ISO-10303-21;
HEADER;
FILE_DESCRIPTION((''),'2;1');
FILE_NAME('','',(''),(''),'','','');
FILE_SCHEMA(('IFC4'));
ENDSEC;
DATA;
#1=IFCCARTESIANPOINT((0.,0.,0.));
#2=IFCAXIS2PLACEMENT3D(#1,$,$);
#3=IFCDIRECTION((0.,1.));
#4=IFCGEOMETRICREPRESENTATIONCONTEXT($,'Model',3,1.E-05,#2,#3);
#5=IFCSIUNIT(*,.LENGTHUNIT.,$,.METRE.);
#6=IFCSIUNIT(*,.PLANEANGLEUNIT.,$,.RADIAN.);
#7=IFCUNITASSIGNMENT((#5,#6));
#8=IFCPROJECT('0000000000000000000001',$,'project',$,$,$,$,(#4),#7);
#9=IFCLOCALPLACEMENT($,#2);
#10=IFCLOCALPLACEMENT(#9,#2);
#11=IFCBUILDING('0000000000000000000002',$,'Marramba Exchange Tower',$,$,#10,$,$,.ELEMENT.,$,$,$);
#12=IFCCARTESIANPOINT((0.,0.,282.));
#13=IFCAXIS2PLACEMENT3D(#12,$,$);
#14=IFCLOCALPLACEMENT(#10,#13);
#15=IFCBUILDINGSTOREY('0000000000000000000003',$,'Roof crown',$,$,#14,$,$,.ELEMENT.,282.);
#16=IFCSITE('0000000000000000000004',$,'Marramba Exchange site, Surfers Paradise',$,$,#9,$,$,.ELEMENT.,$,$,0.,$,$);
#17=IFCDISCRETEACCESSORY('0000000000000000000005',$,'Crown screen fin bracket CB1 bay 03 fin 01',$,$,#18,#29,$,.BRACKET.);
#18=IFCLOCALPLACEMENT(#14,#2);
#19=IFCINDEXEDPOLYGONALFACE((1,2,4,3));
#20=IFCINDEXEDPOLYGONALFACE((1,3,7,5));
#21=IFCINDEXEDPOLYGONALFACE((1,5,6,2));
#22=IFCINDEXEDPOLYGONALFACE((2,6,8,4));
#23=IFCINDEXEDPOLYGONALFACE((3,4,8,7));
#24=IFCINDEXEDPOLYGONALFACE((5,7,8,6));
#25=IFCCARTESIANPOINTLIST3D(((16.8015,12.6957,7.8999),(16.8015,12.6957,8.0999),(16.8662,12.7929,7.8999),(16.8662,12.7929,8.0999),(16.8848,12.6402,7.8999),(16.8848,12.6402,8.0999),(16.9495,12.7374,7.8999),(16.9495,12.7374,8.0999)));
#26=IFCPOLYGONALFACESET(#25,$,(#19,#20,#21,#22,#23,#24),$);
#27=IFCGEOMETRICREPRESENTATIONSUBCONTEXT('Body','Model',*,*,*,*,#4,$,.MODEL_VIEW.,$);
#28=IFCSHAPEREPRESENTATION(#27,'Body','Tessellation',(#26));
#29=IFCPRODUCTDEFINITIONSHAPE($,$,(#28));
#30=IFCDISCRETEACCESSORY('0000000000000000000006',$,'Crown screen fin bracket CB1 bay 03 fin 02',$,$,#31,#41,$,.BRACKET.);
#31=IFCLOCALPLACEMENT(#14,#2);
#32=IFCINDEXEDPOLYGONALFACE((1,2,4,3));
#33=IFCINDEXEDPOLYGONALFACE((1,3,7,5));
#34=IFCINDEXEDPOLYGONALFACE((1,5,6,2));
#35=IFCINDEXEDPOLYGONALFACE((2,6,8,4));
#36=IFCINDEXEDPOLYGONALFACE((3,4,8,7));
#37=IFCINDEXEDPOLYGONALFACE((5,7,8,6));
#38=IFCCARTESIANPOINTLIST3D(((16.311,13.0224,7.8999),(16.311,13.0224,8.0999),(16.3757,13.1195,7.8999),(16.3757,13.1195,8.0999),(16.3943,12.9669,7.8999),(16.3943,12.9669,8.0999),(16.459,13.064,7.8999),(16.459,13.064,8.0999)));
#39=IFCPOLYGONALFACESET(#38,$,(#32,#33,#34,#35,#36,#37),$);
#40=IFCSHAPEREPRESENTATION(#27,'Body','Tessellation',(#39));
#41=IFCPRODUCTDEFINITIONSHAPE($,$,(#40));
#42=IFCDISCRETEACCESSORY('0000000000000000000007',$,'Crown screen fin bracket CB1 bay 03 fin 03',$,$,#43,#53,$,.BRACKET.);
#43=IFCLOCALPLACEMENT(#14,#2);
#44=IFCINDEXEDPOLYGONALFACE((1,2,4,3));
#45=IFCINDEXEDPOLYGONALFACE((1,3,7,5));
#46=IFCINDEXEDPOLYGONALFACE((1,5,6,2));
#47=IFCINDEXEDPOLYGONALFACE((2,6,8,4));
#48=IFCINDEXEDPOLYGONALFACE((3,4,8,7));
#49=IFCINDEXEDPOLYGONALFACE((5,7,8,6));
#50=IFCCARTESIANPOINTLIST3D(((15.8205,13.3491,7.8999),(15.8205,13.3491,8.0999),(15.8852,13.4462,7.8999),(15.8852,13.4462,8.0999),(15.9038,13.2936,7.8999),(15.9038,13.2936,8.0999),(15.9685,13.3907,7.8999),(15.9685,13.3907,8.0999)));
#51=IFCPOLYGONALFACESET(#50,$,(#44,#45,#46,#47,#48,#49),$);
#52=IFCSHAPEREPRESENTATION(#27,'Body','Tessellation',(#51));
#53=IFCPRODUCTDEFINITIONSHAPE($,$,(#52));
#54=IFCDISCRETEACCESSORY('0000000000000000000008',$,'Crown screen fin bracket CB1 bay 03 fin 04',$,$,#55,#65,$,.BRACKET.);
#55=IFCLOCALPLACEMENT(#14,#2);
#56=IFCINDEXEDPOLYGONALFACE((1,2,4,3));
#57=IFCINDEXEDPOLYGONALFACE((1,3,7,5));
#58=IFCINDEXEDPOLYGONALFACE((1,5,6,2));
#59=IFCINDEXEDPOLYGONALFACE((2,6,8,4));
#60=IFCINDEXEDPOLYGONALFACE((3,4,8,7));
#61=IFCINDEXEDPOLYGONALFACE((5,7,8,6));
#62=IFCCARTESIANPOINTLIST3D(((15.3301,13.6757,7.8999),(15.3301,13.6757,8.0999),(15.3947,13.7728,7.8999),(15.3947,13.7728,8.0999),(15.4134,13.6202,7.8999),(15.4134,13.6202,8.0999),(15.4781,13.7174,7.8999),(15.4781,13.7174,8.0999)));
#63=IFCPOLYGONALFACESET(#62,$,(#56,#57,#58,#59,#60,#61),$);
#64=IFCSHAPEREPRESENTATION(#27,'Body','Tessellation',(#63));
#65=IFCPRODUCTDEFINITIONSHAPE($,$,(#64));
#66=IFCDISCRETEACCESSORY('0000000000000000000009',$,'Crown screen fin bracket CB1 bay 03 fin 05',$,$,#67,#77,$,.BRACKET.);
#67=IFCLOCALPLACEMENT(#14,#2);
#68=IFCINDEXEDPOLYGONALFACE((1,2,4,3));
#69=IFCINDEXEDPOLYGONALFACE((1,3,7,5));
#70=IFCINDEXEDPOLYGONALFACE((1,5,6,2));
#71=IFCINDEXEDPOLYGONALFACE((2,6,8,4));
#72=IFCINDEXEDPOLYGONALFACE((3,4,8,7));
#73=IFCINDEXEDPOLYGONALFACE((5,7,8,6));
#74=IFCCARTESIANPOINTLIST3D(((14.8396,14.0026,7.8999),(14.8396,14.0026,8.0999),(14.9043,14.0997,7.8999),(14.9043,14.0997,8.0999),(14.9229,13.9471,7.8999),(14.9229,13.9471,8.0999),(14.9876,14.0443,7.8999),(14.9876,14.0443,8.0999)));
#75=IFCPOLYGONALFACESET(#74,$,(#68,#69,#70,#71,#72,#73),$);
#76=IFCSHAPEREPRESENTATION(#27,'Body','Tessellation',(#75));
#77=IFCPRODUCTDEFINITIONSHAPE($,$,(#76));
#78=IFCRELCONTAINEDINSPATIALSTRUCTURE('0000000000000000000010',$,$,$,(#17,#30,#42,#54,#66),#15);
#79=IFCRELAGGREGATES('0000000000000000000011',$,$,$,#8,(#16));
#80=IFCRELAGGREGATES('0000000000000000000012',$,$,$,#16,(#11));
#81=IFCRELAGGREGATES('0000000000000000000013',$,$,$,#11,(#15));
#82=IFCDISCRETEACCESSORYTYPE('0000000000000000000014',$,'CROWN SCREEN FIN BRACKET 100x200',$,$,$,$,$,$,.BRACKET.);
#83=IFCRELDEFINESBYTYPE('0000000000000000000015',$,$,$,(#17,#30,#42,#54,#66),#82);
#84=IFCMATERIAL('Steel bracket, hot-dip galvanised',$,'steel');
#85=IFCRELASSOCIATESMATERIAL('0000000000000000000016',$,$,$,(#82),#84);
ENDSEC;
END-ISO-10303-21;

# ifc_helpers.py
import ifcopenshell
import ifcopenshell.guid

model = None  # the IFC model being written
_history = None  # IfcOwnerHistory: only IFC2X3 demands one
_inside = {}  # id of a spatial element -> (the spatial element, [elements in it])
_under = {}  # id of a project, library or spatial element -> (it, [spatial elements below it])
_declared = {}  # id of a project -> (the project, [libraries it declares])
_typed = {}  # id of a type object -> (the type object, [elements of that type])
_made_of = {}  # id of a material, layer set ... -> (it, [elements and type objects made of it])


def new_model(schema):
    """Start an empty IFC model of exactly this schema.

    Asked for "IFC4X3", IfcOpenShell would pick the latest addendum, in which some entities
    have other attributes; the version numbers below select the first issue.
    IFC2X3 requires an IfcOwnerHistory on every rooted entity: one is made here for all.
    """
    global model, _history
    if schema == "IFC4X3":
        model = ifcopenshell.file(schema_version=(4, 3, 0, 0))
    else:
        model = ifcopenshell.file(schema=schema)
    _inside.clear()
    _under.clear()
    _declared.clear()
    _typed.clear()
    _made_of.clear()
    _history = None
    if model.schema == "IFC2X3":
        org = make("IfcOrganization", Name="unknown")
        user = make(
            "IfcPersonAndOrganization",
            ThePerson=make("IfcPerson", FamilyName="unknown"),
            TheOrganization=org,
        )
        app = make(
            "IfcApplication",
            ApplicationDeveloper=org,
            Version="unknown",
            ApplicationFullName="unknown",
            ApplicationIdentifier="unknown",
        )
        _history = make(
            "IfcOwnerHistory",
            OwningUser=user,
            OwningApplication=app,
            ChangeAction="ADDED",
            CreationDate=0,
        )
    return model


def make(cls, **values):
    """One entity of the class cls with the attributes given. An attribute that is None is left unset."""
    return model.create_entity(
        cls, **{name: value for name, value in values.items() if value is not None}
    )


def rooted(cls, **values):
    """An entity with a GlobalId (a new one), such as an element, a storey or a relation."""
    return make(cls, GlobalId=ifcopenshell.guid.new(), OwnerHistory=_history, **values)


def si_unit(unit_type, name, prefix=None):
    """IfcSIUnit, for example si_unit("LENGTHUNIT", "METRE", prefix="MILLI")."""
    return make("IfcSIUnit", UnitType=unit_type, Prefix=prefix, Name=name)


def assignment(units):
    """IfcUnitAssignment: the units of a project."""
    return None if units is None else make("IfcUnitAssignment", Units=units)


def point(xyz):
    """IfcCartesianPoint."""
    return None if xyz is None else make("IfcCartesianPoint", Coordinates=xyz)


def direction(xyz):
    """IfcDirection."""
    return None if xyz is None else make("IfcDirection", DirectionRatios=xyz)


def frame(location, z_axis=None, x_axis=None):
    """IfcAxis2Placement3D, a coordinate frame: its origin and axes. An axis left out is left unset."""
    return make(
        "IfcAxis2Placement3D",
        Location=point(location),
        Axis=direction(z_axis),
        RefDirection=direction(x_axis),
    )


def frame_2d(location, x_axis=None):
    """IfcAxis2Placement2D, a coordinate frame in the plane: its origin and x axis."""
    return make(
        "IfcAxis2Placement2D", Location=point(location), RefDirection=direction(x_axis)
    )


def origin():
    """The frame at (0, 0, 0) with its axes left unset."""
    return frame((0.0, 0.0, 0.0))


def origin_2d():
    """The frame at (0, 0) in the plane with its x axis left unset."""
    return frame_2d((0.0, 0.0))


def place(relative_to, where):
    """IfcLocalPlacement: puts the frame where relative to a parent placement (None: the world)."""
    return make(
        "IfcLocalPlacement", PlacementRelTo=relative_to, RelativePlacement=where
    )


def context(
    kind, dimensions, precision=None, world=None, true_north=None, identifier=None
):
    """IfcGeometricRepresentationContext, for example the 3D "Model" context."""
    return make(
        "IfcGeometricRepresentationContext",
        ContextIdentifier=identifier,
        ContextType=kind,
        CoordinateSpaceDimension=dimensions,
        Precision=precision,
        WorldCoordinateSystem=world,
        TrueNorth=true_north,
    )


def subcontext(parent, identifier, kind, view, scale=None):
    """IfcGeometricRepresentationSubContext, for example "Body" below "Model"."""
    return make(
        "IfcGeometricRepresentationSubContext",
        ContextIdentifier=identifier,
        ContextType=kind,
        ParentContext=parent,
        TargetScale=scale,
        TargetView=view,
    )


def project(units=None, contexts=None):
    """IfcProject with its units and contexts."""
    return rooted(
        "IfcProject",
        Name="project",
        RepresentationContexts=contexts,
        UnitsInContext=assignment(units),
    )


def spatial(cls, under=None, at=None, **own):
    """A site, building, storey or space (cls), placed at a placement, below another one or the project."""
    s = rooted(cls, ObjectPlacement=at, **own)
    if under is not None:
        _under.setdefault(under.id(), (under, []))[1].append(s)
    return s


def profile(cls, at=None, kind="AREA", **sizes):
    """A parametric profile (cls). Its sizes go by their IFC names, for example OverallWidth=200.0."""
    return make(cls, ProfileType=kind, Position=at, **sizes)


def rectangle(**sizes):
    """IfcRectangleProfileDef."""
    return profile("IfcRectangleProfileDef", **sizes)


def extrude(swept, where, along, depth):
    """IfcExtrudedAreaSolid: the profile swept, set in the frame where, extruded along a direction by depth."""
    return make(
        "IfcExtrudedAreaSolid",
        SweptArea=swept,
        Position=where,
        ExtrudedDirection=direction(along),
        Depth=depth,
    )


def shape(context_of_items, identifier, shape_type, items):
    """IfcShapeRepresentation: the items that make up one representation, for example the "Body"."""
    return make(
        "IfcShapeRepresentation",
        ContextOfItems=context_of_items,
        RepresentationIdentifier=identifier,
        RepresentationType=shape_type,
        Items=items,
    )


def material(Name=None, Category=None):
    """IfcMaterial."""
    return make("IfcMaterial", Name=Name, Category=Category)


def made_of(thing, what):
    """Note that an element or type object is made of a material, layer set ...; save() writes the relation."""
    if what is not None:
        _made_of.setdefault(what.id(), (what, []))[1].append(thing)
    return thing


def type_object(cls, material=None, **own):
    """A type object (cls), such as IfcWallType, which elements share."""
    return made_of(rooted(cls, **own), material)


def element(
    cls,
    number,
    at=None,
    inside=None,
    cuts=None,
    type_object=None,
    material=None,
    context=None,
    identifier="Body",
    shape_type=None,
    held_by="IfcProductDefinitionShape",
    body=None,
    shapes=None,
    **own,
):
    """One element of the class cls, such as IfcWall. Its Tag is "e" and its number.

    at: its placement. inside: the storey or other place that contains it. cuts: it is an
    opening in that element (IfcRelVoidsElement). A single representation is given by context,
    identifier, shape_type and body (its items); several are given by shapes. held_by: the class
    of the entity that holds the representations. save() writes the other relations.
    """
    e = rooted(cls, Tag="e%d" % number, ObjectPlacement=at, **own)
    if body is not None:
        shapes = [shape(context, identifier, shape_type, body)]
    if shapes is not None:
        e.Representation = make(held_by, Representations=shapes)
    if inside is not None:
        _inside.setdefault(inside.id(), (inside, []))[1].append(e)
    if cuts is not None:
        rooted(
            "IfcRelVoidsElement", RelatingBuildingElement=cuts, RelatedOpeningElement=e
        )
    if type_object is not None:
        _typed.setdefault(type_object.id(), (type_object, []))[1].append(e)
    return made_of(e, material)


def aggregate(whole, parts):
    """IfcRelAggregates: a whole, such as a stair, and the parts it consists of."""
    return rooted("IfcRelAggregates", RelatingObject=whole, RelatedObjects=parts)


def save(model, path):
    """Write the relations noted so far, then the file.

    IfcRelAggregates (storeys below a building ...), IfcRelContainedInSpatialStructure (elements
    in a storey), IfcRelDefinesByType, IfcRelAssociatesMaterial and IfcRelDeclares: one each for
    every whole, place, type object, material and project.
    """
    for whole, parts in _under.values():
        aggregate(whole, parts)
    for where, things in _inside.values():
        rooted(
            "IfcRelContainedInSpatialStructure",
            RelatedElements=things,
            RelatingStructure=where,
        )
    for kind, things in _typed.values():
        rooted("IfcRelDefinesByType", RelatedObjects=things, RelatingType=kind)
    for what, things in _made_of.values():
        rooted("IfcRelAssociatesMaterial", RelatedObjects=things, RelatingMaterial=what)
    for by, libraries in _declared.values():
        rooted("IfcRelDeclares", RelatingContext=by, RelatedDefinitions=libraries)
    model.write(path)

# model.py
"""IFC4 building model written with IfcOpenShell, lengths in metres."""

from ifc_helpers import new_model, si_unit, direction, frame, origin, origin_2d, place, context, subcontext, project, spatial, rectangle, extrude, material, type_object, element, save


model = new_model("IFC4")

# Units and contexts
model_context = context("Model", 3, precision=1e-05, world=origin(), true_north=direction((0.0, 1.0)))
body_context = subcontext(model_context, "Body", "Model", "MODEL_VIEW")
ifc_project = project(units=[si_unit("LENGTHUNIT", "METRE"), si_unit("PLANEANGLEUNIT", "RADIAN")], contexts=[model_context])

# Site, building, storey
site_placement = place(None, origin())
site = spatial("IfcSite", under=ifc_project, at=site_placement, Name="Marramba Exchange site, Surfers Paradise", CompositionType="ELEMENT", RefElevation=0.0)
building_placement = place(site_placement, origin())
building = spatial("IfcBuilding", under=site, at=building_placement, Name="Marramba Exchange Tower", CompositionType="ELEMENT")
storey_placement = place(building_placement, frame((0.0, 0.0, 282.0)))
storey = spatial("IfcBuildingStorey", under=building, at=storey_placement, Name="Roof crown", CompositionType="ELEMENT", Elevation=282.0)

# Discrete accessories
ifc_material_1 = material(Name="Steel bracket, hot-dip galvanised", Category="steel")
discrete_accessory_type_1 = type_object("IfcDiscreteAccessoryType", Name="CROWN SCREEN FIN BRACKET 100x200", PredefinedType="BRACKET", material=ifc_material_1)
for number, where, z_axis, x_axis, name in (
    (1, (16.8755, 12.7166, 7.8999), (0.0, 0.0, 1.0), (-0.832289, 0.554342, 0.0), "Crown screen fin bracket CB1 bay 03 fin 01"),
    (2, (16.385, 13.0432, 7.8999), (0.0, 0.0, 1.0), (-0.832289, 0.554342, 0.0), "Crown screen fin bracket CB1 bay 03 fin 02"),
    (3, (15.8945, 13.3699, 7.8999), (0.0, 0.0, 1.0), (-0.832289, 0.554342, 0.0), "Crown screen fin bracket CB1 bay 03 fin 03"),
    (4, (15.4041, 13.6965, 7.8999), (0.0, 0.0, 1.0), (-0.832289, 0.554342, 0.0), "Crown screen fin bracket CB1 bay 03 fin 04"),
    (5, (14.9136, 14.0234, 7.8999), (0.0, 0.0, 1.0), (-0.832289, 0.554342, 0.0), "Crown screen fin bracket CB1 bay 03 fin 05"),
):
    element("IfcDiscreteAccessory", number, at=place(storey_placement, frame(where, z_axis=z_axis, x_axis=x_axis)), inside=storey, type_object=discrete_accessory_type_1, Name=name, PredefinedType="BRACKET", context=body_context, shape_type="SweptSolid", body=[
        extrude(rectangle(XDim=0.1001, YDim=0.1167, at=origin_2d()), origin(), (0.0, 0.0, 1.0), 0.2),
    ])

save(model, "model.ifc")
